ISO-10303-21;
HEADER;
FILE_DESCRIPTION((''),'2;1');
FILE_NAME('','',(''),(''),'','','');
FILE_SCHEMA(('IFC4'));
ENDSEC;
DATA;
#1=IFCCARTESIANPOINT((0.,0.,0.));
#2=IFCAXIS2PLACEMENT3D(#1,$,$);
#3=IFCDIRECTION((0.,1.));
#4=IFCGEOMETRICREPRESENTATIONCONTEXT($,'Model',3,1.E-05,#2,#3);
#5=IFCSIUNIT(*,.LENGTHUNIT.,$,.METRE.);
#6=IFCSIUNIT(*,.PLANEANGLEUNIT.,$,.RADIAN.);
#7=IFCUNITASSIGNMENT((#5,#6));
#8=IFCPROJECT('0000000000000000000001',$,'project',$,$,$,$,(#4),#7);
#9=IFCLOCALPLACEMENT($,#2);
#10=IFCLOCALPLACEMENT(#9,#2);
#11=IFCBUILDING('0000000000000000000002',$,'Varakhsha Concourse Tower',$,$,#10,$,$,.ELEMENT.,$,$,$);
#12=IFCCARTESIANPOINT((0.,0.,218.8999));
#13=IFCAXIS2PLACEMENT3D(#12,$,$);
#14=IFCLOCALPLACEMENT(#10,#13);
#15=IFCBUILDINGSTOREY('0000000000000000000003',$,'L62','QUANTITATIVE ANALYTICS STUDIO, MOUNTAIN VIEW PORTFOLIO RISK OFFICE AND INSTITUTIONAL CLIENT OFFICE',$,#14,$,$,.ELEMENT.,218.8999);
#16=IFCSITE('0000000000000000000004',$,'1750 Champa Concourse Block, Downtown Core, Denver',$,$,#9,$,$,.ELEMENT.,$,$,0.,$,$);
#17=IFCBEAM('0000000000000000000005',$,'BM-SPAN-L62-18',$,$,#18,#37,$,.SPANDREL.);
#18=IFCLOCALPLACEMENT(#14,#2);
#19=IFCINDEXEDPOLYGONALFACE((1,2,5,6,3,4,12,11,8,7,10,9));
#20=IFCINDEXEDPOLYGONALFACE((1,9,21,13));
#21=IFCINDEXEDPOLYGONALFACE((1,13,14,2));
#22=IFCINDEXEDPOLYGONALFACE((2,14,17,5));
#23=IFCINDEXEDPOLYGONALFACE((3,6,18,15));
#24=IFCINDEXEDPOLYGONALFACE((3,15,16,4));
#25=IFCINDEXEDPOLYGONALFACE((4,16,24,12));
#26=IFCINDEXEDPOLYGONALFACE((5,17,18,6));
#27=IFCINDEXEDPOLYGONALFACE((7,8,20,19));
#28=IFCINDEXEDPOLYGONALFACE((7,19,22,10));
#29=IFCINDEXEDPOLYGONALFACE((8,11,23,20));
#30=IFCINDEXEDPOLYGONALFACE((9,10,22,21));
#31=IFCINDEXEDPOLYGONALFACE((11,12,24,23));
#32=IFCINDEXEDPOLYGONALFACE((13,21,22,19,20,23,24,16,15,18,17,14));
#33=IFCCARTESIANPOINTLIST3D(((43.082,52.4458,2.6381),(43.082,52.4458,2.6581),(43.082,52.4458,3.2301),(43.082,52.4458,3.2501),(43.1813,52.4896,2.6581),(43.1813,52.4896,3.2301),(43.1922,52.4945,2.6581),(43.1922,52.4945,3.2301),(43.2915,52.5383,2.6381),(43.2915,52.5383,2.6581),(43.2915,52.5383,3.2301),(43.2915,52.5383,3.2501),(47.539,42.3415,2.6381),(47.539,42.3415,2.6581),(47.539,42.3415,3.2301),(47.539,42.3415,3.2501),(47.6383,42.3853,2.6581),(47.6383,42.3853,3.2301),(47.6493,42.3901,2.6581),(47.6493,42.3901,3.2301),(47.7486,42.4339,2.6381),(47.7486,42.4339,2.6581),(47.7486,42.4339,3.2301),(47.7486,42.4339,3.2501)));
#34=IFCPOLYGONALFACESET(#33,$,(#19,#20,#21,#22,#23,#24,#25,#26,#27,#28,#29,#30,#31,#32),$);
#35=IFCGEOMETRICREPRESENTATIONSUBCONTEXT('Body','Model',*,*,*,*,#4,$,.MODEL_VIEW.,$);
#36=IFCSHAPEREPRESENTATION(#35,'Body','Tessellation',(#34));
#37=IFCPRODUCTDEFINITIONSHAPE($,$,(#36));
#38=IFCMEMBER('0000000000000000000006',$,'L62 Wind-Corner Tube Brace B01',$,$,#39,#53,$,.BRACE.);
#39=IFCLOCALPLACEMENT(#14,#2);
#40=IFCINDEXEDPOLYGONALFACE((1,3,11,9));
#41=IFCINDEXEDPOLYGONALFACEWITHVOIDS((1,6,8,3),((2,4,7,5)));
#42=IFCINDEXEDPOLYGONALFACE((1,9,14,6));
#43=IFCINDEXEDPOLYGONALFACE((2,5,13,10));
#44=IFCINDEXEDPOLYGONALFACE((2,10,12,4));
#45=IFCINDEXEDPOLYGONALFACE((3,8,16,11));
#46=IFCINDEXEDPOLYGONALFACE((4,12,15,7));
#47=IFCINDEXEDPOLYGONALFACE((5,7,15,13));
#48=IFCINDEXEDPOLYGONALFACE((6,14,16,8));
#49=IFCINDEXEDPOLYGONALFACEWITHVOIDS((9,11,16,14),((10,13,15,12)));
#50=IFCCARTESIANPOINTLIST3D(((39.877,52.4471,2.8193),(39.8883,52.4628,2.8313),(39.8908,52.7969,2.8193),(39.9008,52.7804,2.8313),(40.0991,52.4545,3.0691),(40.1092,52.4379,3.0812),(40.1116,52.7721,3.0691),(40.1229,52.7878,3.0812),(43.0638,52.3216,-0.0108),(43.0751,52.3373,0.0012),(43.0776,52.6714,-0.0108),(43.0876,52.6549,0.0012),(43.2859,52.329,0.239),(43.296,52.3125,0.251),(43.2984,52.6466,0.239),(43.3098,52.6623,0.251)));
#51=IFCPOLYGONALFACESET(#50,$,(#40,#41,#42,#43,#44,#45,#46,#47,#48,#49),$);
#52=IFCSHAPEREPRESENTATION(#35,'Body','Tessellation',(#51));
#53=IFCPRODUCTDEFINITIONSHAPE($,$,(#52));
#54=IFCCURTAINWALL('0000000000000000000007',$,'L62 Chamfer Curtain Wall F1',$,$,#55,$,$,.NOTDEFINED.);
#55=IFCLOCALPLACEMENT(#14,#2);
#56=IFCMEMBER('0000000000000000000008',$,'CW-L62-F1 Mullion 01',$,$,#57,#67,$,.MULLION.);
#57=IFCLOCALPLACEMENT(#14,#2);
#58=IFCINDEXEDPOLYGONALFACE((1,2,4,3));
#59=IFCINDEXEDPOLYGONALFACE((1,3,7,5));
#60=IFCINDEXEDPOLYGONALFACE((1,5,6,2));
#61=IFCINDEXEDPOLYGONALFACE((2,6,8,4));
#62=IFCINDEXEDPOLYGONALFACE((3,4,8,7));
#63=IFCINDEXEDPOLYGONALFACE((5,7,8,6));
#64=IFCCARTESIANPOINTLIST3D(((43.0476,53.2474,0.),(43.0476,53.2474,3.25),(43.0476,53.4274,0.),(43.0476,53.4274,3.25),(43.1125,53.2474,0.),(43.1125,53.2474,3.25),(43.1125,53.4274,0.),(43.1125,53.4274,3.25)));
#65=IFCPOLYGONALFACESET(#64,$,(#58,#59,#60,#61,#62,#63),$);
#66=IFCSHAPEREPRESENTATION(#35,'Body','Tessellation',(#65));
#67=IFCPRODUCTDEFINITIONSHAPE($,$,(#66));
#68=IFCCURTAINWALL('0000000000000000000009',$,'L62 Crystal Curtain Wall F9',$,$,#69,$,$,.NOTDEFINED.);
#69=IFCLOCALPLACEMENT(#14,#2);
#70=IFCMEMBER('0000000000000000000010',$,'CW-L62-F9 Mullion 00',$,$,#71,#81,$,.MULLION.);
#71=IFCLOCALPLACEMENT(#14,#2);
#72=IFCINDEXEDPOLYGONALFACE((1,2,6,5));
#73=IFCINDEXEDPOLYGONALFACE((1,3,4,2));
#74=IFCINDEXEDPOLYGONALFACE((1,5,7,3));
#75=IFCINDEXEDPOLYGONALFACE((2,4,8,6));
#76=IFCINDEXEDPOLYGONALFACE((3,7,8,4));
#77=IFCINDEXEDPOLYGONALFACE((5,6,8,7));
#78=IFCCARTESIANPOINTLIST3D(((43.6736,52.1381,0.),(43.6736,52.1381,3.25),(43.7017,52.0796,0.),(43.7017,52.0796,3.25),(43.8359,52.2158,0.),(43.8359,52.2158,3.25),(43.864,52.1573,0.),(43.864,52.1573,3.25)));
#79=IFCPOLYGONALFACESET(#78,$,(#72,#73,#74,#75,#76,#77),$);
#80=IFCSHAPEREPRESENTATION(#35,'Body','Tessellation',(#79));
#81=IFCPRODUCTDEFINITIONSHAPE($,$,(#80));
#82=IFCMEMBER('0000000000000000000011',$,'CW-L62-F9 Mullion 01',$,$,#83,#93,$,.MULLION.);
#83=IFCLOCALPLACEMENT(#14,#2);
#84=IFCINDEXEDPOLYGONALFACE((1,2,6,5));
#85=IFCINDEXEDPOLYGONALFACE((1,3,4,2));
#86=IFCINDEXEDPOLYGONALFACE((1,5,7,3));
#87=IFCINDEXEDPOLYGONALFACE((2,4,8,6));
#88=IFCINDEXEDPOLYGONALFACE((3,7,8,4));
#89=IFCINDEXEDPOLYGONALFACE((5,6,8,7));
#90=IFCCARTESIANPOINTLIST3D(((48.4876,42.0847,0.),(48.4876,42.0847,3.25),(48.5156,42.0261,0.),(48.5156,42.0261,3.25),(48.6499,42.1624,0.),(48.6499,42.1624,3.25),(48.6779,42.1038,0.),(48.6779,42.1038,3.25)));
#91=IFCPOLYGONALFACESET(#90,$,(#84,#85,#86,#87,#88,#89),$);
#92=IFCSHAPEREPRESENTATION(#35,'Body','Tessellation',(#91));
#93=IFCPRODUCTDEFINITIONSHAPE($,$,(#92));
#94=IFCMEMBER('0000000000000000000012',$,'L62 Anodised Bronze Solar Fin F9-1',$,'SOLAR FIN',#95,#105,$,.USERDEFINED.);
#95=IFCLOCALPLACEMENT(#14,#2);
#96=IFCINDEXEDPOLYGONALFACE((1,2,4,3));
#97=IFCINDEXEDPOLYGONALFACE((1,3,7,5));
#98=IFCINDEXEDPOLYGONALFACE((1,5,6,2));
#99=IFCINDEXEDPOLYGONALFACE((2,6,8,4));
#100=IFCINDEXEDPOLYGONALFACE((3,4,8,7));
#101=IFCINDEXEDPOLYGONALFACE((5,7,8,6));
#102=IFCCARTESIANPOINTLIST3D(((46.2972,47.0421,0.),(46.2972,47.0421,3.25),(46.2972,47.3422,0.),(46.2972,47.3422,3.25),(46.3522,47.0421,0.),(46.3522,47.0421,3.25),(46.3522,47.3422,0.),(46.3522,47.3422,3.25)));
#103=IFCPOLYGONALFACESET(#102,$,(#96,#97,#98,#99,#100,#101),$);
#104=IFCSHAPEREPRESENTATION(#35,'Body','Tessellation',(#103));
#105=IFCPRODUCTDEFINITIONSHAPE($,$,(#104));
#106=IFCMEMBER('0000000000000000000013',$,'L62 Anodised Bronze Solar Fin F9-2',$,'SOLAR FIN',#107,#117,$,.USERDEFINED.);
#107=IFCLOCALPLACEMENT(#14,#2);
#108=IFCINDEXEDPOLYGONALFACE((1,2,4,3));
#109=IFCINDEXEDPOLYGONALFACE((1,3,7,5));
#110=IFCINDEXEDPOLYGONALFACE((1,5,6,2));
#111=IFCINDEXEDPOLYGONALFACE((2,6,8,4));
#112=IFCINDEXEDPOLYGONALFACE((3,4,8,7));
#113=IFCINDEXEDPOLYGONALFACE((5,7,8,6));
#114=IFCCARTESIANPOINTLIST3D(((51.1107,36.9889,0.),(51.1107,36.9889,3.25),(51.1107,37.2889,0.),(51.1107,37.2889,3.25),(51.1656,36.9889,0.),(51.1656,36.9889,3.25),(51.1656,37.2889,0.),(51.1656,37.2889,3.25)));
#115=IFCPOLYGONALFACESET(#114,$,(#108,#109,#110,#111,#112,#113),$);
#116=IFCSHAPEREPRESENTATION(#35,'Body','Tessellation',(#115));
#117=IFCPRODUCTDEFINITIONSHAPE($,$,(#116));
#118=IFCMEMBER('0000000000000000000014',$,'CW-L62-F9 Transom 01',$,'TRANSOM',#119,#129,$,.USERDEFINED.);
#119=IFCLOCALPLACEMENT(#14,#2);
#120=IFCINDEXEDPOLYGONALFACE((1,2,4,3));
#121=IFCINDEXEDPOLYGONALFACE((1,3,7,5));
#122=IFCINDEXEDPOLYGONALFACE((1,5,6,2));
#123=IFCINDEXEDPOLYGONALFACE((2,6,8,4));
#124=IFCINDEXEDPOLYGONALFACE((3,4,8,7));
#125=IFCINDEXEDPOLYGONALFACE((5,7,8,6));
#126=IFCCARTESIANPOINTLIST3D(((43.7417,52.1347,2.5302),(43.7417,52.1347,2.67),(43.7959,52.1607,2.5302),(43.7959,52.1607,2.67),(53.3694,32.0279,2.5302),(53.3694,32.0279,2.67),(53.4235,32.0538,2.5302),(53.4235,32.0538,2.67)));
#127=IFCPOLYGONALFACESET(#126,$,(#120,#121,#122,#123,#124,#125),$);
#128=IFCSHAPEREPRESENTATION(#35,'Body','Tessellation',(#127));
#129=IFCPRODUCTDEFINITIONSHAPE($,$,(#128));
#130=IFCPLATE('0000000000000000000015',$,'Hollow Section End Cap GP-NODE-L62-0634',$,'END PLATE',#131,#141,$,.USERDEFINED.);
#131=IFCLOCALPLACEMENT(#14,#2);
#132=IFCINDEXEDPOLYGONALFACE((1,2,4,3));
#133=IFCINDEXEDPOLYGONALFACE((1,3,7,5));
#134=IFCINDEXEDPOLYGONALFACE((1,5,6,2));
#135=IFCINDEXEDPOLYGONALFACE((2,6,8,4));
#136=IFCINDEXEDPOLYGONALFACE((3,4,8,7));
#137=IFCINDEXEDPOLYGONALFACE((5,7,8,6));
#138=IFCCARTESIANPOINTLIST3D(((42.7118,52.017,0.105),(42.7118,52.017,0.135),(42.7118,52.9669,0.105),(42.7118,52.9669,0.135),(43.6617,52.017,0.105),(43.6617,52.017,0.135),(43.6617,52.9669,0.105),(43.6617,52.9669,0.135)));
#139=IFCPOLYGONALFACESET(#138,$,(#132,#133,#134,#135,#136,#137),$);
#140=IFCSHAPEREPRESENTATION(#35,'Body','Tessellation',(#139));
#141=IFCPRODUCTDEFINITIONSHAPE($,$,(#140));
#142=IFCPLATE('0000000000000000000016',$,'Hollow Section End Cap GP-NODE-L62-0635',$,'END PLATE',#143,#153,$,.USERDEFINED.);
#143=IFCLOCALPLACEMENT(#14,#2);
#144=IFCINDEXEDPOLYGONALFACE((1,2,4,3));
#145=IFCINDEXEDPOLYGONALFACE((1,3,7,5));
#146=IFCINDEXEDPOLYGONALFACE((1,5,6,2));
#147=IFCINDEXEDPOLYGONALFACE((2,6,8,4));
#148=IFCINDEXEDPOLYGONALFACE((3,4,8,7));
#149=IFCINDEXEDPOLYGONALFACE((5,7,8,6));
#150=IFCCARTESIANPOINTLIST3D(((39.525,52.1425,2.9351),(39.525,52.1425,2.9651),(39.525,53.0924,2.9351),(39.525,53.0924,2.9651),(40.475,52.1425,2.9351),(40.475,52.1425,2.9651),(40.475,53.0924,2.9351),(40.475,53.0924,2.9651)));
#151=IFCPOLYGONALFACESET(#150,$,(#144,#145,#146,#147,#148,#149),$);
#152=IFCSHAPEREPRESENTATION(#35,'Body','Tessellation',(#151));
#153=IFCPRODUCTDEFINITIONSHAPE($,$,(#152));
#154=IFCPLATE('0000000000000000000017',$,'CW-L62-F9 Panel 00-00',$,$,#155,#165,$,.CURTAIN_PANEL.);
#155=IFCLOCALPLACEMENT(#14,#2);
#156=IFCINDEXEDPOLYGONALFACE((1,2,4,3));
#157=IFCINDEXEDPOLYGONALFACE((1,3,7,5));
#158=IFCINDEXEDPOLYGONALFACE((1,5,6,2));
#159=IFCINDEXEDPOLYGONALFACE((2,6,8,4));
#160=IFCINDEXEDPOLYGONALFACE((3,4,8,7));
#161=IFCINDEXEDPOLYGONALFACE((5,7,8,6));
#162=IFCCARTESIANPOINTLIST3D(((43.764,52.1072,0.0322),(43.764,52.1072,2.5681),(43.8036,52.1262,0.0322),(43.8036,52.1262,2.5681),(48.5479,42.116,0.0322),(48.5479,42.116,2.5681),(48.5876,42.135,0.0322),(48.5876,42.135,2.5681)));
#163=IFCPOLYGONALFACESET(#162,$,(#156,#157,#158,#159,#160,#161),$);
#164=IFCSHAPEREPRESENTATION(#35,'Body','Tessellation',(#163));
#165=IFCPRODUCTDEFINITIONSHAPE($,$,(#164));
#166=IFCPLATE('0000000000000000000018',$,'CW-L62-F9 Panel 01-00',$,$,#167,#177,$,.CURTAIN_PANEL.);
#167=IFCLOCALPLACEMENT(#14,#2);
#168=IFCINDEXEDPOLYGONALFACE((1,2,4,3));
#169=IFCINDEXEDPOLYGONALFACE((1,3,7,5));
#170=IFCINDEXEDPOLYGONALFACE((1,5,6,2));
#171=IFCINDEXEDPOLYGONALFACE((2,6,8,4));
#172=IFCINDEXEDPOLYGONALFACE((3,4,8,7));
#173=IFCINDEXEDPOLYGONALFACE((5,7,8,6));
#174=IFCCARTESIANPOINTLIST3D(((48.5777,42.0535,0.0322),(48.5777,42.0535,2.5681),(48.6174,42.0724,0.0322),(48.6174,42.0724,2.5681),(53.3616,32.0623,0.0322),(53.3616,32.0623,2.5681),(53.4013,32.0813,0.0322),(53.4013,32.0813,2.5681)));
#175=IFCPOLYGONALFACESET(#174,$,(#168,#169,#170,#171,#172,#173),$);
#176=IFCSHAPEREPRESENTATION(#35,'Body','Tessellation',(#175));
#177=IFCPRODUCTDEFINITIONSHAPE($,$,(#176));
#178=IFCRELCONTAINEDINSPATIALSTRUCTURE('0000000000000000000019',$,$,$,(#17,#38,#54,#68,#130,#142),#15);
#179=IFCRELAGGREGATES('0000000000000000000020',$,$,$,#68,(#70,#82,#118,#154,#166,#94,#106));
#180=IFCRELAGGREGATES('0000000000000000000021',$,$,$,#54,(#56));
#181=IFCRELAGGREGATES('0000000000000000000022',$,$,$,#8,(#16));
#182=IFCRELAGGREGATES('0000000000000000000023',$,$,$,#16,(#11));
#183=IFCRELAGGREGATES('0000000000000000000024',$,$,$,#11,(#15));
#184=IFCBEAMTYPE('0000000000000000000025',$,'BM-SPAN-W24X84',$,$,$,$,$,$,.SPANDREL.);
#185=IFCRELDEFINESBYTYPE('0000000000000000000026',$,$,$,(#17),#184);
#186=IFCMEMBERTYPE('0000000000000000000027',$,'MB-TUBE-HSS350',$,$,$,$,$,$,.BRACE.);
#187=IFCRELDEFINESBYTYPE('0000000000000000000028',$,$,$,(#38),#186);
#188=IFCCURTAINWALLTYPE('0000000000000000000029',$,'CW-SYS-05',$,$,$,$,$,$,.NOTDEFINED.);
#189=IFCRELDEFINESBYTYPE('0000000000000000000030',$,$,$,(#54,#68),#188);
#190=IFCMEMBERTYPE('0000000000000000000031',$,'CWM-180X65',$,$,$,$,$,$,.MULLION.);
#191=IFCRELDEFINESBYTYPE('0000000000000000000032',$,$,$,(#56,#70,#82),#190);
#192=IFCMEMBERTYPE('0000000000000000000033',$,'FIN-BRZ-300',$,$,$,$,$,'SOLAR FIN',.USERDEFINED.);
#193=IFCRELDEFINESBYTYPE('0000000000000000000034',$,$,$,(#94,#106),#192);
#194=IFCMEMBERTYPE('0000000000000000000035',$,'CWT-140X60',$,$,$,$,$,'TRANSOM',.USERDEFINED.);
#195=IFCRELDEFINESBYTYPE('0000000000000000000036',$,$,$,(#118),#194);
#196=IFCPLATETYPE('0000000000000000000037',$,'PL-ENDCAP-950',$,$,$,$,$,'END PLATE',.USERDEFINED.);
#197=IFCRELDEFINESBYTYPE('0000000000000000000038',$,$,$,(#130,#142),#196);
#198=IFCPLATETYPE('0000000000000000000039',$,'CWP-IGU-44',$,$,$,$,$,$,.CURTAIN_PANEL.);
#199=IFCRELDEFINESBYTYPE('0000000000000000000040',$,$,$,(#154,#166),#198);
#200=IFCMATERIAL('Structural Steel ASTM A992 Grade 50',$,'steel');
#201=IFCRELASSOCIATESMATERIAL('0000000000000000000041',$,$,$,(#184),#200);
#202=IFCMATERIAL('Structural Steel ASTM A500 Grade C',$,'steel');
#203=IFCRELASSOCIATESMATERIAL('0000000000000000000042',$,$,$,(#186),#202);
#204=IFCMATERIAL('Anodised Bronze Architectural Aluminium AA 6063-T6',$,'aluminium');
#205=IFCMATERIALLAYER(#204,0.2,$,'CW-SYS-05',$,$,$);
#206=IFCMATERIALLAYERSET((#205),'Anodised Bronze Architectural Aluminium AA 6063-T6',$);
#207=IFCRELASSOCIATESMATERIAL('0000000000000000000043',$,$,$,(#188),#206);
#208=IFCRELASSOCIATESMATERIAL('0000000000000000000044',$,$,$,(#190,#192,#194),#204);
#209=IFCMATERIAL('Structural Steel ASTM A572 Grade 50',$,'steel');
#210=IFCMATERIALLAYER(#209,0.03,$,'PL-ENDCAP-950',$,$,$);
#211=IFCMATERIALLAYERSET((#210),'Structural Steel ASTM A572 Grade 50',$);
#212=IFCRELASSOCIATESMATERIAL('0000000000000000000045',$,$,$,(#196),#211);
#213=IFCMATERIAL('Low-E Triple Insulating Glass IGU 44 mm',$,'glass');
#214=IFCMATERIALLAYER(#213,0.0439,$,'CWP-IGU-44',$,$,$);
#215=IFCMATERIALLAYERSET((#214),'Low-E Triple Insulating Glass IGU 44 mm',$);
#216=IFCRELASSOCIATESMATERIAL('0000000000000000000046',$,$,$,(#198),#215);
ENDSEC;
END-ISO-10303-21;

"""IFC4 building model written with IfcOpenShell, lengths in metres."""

from ifc_helpers import new_model, si_unit, direction, frame, origin, origin_2d, place, context, subcontext, project, spatial, rectangle, hollow_rectangle, i_section, extrude, source, transform, mapped, material, layer, layer_set, material_profile, profile_set, type_object, type_shapes, element, aggregate, save


model = new_model("IFC4")

# Units and contexts
model_context = context("Model", 3, precision=1e-05, world=origin(), true_north=direction((0.0, 1.0)))
body_context = subcontext(model_context, "Body", "Model", "MODEL_VIEW")
ifc_project = project(units=[si_unit("LENGTHUNIT", "METRE"), si_unit("PLANEANGLEUNIT", "RADIAN")], contexts=[model_context])

# Site, building, storey
site_placement = place(None, origin())
site = spatial("IfcSite", under=ifc_project, at=site_placement, Name="1750 Champa Concourse Block, Downtown Core, Denver", CompositionType="ELEMENT", RefElevation=0.0)
building_placement = place(site_placement, origin())
building = spatial("IfcBuilding", under=site, at=building_placement, Name="Varakhsha Concourse Tower", CompositionType="ELEMENT")
storey_placement = place(building_placement, frame((0.0, 0.0, 218.8999)))
storey = spatial("IfcBuildingStorey", under=building, at=storey_placement, Name="L62", Description="QUANTITATIVE ANALYTICS STUDIO, MOUNTAIN VIEW PORTFOLIO RISK OFFICE AND INSTITUTIONAL CLIENT OFFICE", CompositionType="ELEMENT", Elevation=218.8999)

# Shared definitions
ifc_material_1 = material(Name="Structural Steel ASTM A992 Grade 50", Category="steel")
ifc_material_2 = material(Name="Structural Steel ASTM A572 Grade 50", Category="steel")

# Beam
ifc_material_profile_1 = material_profile(ifc_material_1, i_section(OverallWidth=0.229, OverallDepth=0.6121, WebThickness=0.012, FlangeThickness=0.02, at=origin_2d()), Name="W24X84")
ifc_profile_set_1 = profile_set([ifc_material_profile_1], Name="Structural Steel ASTM A992 Grade 50")
beam_type_1 = type_object("IfcBeamType", Name="BM-SPAN-W24X84", PredefinedType="SPANDREL", material=ifc_profile_set_1)
beam_1_placement = place(storey_placement, frame((47.6438, 42.3877, 2.9441), z_axis=(-0.403585, 0.914942, 0.0), x_axis=(-0.914942, -0.403585, 0.0)))
element("IfcBeam", 1, at=beam_1_placement, inside=storey, type_object=beam_type_1, Name="BM-SPAN-L62-18", PredefinedType="SPANDREL", context=body_context, shape_type="SweptSolid", body=[
    extrude(i_section(OverallWidth=0.229, OverallDepth=0.6121, WebThickness=0.012, FlangeThickness=0.02, at=origin_2d()), origin(), (0.0, 0.0, 1.0), 11.0437),
])

# Member
ifc_material_3 = material(Name="Structural Steel ASTM A500 Grade C", Category="steel")
ifc_material_profile_2 = material_profile(ifc_material_3, hollow_rectangle(XDim=0.3501, YDim=0.3501, WallThickness=0.0161, at=origin_2d()), Name="HSS 350x350x16")
ifc_profile_set_2 = profile_set([ifc_material_profile_2], Name="Structural Steel ASTM A500 Grade C")
member_type_1 = type_object("IfcMemberType", Name="MB-TUBE-HSS350", PredefinedType="BRACE", material=ifc_profile_set_2)
shared_shape_1 = source(origin(), body_context, "Body", "SweptSolid", [
    extrude(hollow_rectangle(XDim=0.3501, YDim=0.3501, WallThickness=0.0161, at=origin_2d()), origin(), (0.0, 0.0, 1.0), 4.2639),
])
type_shapes(member_type_1, [shared_shape_1])
member_1_placement = place(storey_placement, frame((43.1868, 52.4919, 0.1201), z_axis=(-0.747389, 0.029431, 0.663735), x_axis=(-0.039347, -0.999226, 0.0)))
element("IfcMember", 2, at=member_1_placement, inside=storey, type_object=member_type_1, Name="L62 Wind-Corner Tube Brace B01", PredefinedType="BRACE", context=body_context, shape_type="MappedRepresentation", body=[
    mapped(shared_shape_1, transform((0.0, 0.0, 0.0), scale=1.0)),
])

# Curtain wall, member
ifc_material_4 = material(Name="Anodised Bronze Architectural Aluminium AA 6063-T6", Category="aluminium")
ifc_layer_1 = layer(ifc_material_4, 0.2, Name="CW-SYS-05")
ifc_layer_set_1 = layer_set([ifc_layer_1], Name="Anodised Bronze Architectural Aluminium AA 6063-T6")
curtain_wall_type = type_object("IfcCurtainWallType", Name="CW-SYS-05", PredefinedType="NOTDEFINED", material=ifc_layer_set_1)
curtain_wall_1_placement = place(storey_placement, origin())
curtain_wall_1 = element("IfcCurtainWall", 3, at=curtain_wall_1_placement, inside=storey, type_object=curtain_wall_type, Name="L62 Chamfer Curtain Wall F1", PredefinedType="NOTDEFINED")
ifc_material_profile_3 = material_profile(ifc_material_4, rectangle(XDim=0.0649, YDim=0.1799, at=origin_2d()), Name="CWM-180X65")
ifc_profile_set_3 = profile_set([ifc_material_profile_3], Name="Anodised Bronze Architectural Aluminium AA 6063-T6")
member_type_2 = type_object("IfcMemberType", Name="CWM-180X65", PredefinedType="MULLION", material=ifc_profile_set_3)
shared_shape_2 = source(origin(), body_context, "Body", "SweptSolid", [
    extrude(rectangle(XDim=0.0649, YDim=0.1799, at=origin_2d()), origin(), (0.0, 0.0, 1.0), 3.25),
])
type_shapes(member_type_2, [shared_shape_2])
member_2_placement = place(storey_placement, frame((43.0801, 53.3374, 0.0), z_axis=(0.0, 0.0, 1.0), x_axis=(1.0, 0.0, 0.0)))
member_2 = element("IfcMember", 4, at=member_2_placement, type_object=member_type_2, Name="CW-L62-F1 Mullion 01", PredefinedType="MULLION", context=body_context, shape_type="MappedRepresentation", body=[
    mapped(shared_shape_2, transform((0.0, 0.0, 0.0), scale=1.0)),
])

# Curtain wall, members
curtain_wall_2_placement = place(storey_placement, origin())
curtain_wall_2 = element("IfcCurtainWall", 5, at=curtain_wall_2_placement, inside=storey, type_object=curtain_wall_type, Name="L62 Crystal Curtain Wall F9", PredefinedType="NOTDEFINED")
member_3_placement = place(storey_placement, frame((43.7688, 52.1477, 0.0), z_axis=(0.0, 0.0, 1.0), x_axis=(0.431862, -0.90194, 0.0)))
member_3 = element("IfcMember", 6, at=member_3_placement, type_object=member_type_2, Name="CW-L62-F9 Mullion 00", PredefinedType="MULLION", context=body_context, shape_type="MappedRepresentation", body=[
    mapped(shared_shape_2, transform((0.0, 0.0, 0.0), scale=1.0)),
])
member_4_placement = place(storey_placement, frame((48.5828, 42.0942, 0.0), z_axis=(0.0, 0.0, 1.0), x_axis=(0.431862, -0.90194, 0.0)))
member_4 = element("IfcMember", 7, at=member_4_placement, type_object=member_type_2, Name="CW-L62-F9 Mullion 01", PredefinedType="MULLION", context=body_context, shape_type="MappedRepresentation", body=[
    mapped(shared_shape_2, transform((0.0, 0.0, 0.0), scale=1.0)),
])
ifc_material_profile_4 = material_profile(ifc_material_4, rectangle(XDim=0.0549, YDim=0.3, at=origin_2d()), Name="FIN-BRZ-300")
ifc_profile_set_4 = profile_set([ifc_material_profile_4], Name="Anodised Bronze Architectural Aluminium AA 6063-T6")
member_type_3 = type_object("IfcMemberType", Name="FIN-BRZ-300", ElementType="SOLAR FIN", PredefinedType="USERDEFINED", material=ifc_profile_set_4)
shared_shape_3 = source(origin(), body_context, "Body", "SweptSolid", [
    extrude(rectangle(XDim=0.0549, YDim=0.3, at=origin_2d()), origin(), (0.0, 0.0, 1.0), 3.25),
])
type_shapes(member_type_3, [shared_shape_3])
member_5_placement = place(storey_placement, frame((46.3247, 47.1921, 0.0), z_axis=(0.0, 0.0, 1.0), x_axis=(1.0, 0.0, 0.0)))
member_5 = element("IfcMember", 8, at=member_5_placement, type_object=member_type_3, Name="L62 Anodised Bronze Solar Fin F9-1", ObjectType="SOLAR FIN", PredefinedType="USERDEFINED", context=body_context, shape_type="MappedRepresentation", body=[
    mapped(shared_shape_3, transform((0.0, 0.0, 0.0), scale=1.0)),
])
member_6_placement = place(storey_placement, frame((51.1382, 37.1389, 0.0), z_axis=(0.0, 0.0, 1.0), x_axis=(1.0, 0.0, 0.0)))
member_6 = element("IfcMember", 9, at=member_6_placement, type_object=member_type_3, Name="L62 Anodised Bronze Solar Fin F9-2", ObjectType="SOLAR FIN", PredefinedType="USERDEFINED", context=body_context, shape_type="MappedRepresentation", body=[
    mapped(shared_shape_3, transform((0.0, 0.0, 0.0), scale=1.0)),
])
ifc_material_profile_5 = material_profile(ifc_material_4, rectangle(XDim=0.0601, YDim=0.1399, at=origin_2d()), Name="CWT-140X60")
ifc_profile_set_5 = profile_set([ifc_material_profile_5], Name="Anodised Bronze Architectural Aluminium AA 6063-T6")
member_type_4 = type_object("IfcMemberType", Name="CWT-140X60", ElementType="TRANSOM", PredefinedType="USERDEFINED", material=ifc_profile_set_5)
shared_shape_4 = source(origin(), body_context, "Body", "SweptSolid", [
    extrude(rectangle(XDim=0.0601, YDim=0.1399, at=origin_2d()), origin(), (0.0, 0.0, 1.0), 22.293),
])
type_shapes(member_type_4, [shared_shape_4])
member_7_placement = place(storey_placement, frame((43.7688, 52.1477, 2.6001), z_axis=(0.431869, -0.901936, 0.0), x_axis=(0.901936, 0.431869, 0.0)))
member_7 = element("IfcMember", 10, at=member_7_placement, type_object=member_type_4, Name="CW-L62-F9 Transom 01", ObjectType="TRANSOM", PredefinedType="USERDEFINED", context=body_context, shape_type="MappedRepresentation", body=[
    mapped(shared_shape_4, transform((0.0, 0.0, 0.0), scale=1.0)),
])

# Plates
ifc_layer_2 = layer(ifc_material_2, 0.03, Name="PL-ENDCAP-950")
ifc_layer_set_2 = layer_set([ifc_layer_2], Name="Structural Steel ASTM A572 Grade 50")
plate_type_1 = type_object("IfcPlateType", Name="PL-ENDCAP-950", ElementType="END PLATE", PredefinedType="USERDEFINED", material=ifc_layer_set_2)
shared_shape_5 = source(origin(), body_context, "Body", "SweptSolid", [
    extrude(rectangle(XDim=0.95, YDim=0.95, at=origin_2d()), origin(), (0.0, 0.0, 1.0), 0.03),
])
type_shapes(plate_type_1, [shared_shape_5])
for number, where, z_axis, x_axis, name in (
    (11, (43.1868, 52.4919, 0.105), (0.0, 0.0, 1.0), (1.0, 0.0, 0.0), "Hollow Section End Cap GP-NODE-L62-0634"),
    (12, (40.0, 52.6174, 2.9351), (0.0, 0.0, 1.0), (1.0, 0.0, 0.0), "Hollow Section End Cap GP-NODE-L62-0635"),
):
    element("IfcPlate", number, at=place(storey_placement, frame(where, z_axis=z_axis, x_axis=x_axis)), inside=storey, type_object=plate_type_1, Name=name, ObjectType="END PLATE", PredefinedType="USERDEFINED", context=body_context, shape_type="MappedRepresentation", body=[
        mapped(shared_shape_5, transform((0.0, 0.0, 0.0), scale=1.0)),
    ])

# Plates
ifc_material_5 = material(Name="Low-E Triple Insulating Glass IGU 44 mm", Category="glass")
ifc_layer_3 = layer(ifc_material_5, 0.0439, Name="CWP-IGU-44")
ifc_layer_set_3 = layer_set([ifc_layer_3], Name="Low-E Triple Insulating Glass IGU 44 mm")
plate_type_2 = type_object("IfcPlateType", Name="CWP-IGU-44", PredefinedType="CURTAIN_PANEL", material=ifc_layer_set_3)
shared_shape_6 = source(origin(), body_context, "Body", "SweptSolid", [
    extrude(rectangle(XDim=11.0774, YDim=0.0439, at=origin_2d()), origin(), (0.0, 0.0, 1.0), 2.5359),
])
type_shapes(plate_type_2, [shared_shape_6])
plate_1_placement = place(storey_placement, frame((46.1758, 47.1211, 0.0322), z_axis=(0.0, 0.0, 1.0), x_axis=(0.431862, -0.90194, 0.0)))
plate_1 = element("IfcPlate", 13, at=plate_1_placement, type_object=plate_type_2, Name="CW-L62-F9 Panel 00-00", PredefinedType="CURTAIN_PANEL", context=body_context, shape_type="MappedRepresentation", body=[
    mapped(shared_shape_6, transform((0.0, 0.0, 0.0), scale=1.0)),
])
plate_2_placement = place(storey_placement, frame((50.9895, 37.0674, 0.0322), z_axis=(0.0, 0.0, 1.0), x_axis=(0.431862, -0.90194, 0.0)))
plate_2 = element("IfcPlate", 14, at=plate_2_placement, type_object=plate_type_2, Name="CW-L62-F9 Panel 01-00", PredefinedType="CURTAIN_PANEL", context=body_context, shape_type="MappedRepresentation", body=[
    mapped(shared_shape_6, transform((0.0, 0.0, 0.0), scale=1.0)),
])
aggregate(curtain_wall_2, [member_3, member_4, member_7, plate_1, plate_2, member_5, member_6])
aggregate(curtain_wall_1, [member_2])

save(model, "model.ifc")
